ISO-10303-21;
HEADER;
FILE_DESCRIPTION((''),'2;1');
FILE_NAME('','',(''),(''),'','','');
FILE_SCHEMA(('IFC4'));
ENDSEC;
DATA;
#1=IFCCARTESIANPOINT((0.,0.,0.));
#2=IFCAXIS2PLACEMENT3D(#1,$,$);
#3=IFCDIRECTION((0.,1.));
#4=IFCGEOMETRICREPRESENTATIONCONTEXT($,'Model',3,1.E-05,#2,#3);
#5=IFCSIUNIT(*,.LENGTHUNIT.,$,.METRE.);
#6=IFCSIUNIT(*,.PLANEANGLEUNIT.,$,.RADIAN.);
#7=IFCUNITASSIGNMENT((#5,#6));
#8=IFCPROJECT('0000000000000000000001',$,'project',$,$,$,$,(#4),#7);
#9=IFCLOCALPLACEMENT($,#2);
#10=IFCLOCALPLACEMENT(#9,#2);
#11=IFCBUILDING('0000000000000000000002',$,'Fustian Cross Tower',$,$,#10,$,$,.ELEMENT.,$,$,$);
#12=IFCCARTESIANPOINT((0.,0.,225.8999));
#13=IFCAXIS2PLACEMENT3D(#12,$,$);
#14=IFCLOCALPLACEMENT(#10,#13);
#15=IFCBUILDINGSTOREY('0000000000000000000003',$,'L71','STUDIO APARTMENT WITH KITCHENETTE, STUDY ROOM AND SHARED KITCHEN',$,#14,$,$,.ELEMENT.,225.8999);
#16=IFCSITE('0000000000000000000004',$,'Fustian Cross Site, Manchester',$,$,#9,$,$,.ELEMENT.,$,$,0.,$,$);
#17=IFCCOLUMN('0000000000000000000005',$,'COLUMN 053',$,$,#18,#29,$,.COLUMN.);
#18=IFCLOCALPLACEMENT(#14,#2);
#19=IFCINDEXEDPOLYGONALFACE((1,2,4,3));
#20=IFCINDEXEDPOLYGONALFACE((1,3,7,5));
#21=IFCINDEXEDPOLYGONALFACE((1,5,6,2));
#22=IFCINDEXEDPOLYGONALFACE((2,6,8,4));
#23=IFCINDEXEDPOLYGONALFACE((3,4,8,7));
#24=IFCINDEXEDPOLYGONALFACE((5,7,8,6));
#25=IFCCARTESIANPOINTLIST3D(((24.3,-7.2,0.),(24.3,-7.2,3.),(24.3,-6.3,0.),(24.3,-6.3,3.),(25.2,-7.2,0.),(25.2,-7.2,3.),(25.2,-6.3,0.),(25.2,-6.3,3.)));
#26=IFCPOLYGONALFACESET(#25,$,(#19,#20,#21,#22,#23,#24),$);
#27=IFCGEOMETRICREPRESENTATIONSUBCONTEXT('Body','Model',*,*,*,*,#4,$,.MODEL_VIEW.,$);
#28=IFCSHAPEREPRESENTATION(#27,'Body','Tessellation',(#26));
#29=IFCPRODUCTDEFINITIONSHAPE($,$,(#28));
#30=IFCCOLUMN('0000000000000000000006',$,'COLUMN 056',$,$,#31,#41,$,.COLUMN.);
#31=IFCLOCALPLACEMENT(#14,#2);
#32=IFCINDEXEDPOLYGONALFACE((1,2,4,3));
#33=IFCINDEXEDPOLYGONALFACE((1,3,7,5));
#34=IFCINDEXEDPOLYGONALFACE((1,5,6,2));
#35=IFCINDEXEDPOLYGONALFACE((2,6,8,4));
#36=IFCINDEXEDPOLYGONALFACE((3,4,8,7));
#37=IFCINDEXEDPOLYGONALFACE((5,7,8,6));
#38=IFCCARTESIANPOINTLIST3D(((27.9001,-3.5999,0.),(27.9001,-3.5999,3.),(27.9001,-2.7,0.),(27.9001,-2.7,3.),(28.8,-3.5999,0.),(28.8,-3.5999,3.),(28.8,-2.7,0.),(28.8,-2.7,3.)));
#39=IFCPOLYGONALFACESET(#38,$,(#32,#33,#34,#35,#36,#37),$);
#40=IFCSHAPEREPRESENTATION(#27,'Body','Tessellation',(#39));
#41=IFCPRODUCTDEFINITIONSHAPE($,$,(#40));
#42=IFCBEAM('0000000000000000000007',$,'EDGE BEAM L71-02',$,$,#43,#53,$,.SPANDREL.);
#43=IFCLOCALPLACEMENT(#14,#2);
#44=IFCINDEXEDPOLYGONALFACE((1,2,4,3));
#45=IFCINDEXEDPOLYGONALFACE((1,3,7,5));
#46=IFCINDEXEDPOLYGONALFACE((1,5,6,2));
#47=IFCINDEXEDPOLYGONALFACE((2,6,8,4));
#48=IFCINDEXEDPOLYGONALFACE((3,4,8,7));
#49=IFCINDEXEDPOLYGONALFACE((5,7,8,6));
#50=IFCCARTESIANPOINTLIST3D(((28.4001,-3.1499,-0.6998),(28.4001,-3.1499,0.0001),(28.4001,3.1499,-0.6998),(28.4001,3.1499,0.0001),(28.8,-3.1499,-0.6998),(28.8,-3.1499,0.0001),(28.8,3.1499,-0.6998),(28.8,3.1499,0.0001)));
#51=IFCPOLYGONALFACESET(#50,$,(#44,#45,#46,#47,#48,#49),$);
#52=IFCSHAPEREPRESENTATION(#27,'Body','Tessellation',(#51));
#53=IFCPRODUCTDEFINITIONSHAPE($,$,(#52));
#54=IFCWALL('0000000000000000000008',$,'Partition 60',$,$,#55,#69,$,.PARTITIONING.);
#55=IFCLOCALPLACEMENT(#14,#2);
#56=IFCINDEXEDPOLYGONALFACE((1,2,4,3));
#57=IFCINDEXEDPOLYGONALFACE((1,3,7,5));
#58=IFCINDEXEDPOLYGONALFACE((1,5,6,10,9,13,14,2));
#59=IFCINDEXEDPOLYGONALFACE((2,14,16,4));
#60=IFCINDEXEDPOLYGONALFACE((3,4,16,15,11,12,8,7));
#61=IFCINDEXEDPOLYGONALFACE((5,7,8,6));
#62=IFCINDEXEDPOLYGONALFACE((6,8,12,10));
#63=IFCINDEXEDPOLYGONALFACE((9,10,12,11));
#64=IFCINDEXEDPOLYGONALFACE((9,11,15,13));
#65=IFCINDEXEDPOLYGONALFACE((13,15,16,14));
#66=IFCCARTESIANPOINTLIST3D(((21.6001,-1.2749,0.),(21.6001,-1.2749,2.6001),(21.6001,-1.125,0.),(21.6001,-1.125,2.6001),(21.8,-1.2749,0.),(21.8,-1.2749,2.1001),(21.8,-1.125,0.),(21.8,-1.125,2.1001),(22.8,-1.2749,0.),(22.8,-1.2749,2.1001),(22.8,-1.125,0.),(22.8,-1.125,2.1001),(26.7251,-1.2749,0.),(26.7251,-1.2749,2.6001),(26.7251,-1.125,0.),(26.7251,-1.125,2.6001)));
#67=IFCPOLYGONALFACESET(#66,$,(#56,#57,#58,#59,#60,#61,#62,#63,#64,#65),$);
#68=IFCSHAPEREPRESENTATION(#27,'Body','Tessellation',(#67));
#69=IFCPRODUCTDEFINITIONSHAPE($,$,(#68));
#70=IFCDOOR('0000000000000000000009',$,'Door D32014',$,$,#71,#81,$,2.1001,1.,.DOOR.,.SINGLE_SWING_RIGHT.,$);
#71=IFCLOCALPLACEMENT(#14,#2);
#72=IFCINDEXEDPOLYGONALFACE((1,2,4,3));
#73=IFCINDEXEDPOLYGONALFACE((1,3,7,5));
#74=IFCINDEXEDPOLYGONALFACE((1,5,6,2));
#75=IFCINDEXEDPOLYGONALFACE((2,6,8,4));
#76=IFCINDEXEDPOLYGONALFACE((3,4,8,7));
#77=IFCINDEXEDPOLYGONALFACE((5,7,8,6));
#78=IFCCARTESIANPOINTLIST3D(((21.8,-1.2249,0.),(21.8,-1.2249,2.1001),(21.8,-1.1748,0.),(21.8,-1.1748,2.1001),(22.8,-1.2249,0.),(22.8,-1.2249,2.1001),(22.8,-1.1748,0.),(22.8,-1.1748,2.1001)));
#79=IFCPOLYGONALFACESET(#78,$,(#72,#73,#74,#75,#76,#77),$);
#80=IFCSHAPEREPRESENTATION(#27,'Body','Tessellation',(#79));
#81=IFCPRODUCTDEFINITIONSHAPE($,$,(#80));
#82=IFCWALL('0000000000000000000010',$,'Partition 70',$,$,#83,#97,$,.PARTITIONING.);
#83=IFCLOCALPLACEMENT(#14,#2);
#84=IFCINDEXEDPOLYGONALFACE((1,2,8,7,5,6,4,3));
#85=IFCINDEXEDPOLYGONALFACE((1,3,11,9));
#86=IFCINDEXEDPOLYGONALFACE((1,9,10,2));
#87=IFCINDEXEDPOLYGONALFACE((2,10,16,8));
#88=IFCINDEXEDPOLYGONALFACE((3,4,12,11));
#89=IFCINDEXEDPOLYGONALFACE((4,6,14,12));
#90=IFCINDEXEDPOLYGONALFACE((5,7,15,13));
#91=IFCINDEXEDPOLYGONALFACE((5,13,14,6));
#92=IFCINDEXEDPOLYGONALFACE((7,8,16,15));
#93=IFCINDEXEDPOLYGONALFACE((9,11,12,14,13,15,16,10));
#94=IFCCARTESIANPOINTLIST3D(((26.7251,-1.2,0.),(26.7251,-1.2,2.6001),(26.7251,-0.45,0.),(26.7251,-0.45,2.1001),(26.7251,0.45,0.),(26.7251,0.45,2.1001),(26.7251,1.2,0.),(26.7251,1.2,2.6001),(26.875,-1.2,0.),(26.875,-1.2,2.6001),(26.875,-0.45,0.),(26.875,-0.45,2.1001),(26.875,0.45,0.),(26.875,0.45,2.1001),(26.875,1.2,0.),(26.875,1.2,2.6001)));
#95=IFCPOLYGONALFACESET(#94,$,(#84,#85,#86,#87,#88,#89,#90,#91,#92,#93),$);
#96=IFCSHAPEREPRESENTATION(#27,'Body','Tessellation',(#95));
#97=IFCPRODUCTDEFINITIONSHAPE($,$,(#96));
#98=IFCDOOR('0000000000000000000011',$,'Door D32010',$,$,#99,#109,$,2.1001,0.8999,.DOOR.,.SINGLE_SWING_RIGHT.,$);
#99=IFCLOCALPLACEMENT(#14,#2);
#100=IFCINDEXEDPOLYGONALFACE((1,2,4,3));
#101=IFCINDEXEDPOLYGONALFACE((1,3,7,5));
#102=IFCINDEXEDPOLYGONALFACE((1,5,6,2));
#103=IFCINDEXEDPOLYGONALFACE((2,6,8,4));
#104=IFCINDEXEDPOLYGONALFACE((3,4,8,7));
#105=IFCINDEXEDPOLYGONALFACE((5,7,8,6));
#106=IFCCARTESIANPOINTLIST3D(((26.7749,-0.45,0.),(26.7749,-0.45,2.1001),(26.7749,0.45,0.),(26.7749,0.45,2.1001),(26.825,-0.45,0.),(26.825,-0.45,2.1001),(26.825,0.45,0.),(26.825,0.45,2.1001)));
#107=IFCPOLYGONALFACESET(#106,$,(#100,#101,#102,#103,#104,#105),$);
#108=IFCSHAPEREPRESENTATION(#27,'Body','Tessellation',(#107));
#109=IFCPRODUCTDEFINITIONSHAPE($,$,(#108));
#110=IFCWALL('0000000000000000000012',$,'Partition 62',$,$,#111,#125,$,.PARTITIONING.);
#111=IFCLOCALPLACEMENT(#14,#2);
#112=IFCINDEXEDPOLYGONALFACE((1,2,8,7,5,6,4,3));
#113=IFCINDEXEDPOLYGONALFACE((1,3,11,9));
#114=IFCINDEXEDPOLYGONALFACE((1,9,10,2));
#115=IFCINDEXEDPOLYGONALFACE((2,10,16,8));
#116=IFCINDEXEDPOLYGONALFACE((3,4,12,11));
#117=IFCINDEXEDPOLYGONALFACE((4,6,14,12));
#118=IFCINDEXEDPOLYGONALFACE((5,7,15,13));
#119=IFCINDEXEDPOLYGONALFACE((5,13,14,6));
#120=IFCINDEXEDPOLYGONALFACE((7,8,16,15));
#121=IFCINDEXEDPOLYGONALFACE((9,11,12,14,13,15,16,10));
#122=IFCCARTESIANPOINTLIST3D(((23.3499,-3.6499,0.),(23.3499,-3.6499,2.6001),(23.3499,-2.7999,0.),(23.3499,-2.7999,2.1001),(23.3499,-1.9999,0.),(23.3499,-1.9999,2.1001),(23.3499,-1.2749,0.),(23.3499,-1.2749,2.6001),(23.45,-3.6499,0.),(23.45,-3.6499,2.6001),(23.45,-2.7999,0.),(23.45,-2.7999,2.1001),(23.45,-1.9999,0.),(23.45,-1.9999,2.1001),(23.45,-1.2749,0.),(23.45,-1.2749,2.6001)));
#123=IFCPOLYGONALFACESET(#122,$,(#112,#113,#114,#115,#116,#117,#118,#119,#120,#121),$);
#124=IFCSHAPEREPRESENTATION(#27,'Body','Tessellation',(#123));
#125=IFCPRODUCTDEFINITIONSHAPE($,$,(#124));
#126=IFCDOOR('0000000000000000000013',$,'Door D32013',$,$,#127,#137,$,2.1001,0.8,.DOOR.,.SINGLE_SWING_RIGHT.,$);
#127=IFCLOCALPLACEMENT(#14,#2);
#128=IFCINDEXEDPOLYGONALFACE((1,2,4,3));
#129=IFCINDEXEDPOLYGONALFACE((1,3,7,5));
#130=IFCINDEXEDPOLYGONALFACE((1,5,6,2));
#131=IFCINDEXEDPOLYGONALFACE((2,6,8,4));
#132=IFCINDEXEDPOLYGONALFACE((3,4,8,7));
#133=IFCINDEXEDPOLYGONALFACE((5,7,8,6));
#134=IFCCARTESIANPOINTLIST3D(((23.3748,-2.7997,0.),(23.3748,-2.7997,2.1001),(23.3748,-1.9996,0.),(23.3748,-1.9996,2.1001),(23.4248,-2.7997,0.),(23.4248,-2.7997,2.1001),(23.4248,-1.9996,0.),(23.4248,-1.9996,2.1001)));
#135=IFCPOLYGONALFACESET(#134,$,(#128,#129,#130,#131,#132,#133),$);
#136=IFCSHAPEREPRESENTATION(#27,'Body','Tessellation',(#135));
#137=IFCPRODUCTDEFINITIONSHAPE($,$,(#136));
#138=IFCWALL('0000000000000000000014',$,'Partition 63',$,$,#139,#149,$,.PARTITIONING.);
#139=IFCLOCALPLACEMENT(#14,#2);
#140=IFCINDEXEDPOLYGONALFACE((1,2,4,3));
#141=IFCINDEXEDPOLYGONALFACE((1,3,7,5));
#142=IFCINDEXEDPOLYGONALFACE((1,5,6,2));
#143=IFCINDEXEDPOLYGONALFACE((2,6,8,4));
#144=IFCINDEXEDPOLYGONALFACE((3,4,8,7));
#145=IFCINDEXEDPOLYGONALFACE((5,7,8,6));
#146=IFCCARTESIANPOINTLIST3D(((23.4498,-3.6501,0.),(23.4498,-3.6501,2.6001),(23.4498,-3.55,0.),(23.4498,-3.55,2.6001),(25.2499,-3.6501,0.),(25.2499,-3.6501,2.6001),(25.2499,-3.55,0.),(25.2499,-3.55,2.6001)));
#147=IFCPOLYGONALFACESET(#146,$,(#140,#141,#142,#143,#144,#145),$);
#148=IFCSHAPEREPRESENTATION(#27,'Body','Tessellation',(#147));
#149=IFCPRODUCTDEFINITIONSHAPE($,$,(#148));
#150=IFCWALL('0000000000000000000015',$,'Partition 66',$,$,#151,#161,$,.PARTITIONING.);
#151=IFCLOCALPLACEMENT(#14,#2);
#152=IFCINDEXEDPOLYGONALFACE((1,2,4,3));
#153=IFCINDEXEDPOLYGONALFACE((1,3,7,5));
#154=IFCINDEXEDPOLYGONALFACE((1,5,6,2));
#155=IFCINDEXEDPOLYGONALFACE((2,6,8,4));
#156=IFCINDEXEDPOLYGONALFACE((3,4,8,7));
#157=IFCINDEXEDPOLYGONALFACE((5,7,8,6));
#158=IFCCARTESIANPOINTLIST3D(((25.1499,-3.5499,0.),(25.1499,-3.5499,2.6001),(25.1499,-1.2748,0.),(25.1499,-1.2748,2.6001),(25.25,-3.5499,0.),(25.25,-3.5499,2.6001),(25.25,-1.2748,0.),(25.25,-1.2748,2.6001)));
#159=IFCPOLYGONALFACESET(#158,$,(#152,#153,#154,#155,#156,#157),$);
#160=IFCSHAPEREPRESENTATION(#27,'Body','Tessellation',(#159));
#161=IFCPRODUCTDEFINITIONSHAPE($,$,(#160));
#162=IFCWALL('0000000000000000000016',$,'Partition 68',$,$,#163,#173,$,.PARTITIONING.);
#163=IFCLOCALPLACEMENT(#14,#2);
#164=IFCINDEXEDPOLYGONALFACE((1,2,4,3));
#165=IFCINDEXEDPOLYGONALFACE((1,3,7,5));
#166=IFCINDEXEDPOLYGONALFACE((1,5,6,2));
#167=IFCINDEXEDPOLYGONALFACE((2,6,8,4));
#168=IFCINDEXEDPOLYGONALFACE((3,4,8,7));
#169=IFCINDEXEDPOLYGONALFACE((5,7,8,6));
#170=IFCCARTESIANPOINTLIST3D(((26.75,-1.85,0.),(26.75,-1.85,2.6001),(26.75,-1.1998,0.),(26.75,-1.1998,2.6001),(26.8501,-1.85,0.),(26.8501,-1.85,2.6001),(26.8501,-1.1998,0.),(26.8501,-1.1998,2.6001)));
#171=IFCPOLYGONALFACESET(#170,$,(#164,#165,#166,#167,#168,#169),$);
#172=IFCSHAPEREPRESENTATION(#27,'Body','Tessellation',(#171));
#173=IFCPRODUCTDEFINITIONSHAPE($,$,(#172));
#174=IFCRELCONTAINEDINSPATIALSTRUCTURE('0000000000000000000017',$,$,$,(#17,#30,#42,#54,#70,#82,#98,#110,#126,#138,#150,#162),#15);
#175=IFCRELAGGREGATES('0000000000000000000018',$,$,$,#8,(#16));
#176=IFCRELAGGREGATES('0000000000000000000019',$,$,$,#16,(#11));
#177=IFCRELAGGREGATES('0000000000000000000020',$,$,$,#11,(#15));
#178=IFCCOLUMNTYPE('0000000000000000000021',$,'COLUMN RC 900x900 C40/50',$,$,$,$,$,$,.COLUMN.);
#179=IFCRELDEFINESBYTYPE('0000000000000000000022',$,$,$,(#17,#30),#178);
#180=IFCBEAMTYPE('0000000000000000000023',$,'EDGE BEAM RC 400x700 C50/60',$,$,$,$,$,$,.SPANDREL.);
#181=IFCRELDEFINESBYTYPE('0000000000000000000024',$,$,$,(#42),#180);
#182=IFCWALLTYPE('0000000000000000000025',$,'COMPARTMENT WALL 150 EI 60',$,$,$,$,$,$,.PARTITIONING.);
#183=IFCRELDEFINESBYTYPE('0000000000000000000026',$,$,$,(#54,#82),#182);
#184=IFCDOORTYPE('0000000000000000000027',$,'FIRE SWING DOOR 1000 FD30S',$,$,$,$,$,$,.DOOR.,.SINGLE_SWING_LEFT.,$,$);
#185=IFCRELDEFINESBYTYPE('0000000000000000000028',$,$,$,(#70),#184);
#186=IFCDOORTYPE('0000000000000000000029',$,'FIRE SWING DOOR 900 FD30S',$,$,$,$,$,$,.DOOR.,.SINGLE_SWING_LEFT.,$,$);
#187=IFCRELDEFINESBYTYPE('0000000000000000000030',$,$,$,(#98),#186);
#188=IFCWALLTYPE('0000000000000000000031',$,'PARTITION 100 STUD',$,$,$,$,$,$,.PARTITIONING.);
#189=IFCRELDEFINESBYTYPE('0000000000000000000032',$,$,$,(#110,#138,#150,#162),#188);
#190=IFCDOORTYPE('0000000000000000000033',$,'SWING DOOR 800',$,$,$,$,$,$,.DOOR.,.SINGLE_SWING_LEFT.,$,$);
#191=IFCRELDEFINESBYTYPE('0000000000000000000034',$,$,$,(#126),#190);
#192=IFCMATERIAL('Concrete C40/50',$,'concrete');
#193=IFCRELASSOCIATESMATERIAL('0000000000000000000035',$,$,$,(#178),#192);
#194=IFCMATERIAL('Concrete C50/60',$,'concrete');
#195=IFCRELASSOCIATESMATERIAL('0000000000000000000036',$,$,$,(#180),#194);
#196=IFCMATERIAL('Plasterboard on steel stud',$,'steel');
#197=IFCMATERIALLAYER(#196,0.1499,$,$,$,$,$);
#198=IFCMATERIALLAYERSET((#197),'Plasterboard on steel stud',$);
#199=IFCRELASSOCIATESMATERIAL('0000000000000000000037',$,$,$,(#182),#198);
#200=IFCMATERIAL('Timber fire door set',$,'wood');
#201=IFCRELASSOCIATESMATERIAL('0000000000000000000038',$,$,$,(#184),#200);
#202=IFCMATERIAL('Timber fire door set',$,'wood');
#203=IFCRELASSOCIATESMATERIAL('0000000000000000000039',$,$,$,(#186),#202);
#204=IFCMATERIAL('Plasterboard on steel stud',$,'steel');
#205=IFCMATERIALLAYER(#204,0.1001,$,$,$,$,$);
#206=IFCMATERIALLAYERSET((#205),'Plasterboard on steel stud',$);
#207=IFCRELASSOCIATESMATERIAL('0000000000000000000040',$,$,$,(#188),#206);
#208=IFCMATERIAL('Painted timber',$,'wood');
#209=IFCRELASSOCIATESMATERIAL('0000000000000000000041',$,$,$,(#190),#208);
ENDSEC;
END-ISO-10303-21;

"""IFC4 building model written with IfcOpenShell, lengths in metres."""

from ifc_helpers import new_model, si_unit, direction, frame, frame_2d, origin, origin_2d, place, context, subcontext, project, spatial, rectangle, extrude, material, layer, layer_set, material_profile, profile_set, type_object, element, fill, save


model = new_model("IFC4")

# Units and contexts
model_context = context("Model", 3, precision=1e-05, world=origin(), true_north=direction((0.0, 1.0)))
body_context = subcontext(model_context, "Body", "Model", "MODEL_VIEW")
ifc_project = project(units=[si_unit("LENGTHUNIT", "METRE"), si_unit("PLANEANGLEUNIT", "RADIAN")], contexts=[model_context])

# Site, building, storey
site_placement = place(None, origin())
site = spatial("IfcSite", under=ifc_project, at=site_placement, Name="Fustian Cross Site, Manchester", CompositionType="ELEMENT", RefElevation=0.0)
building_placement = place(site_placement, origin())
building = spatial("IfcBuilding", under=site, at=building_placement, Name="Fustian Cross Tower", CompositionType="ELEMENT")
storey_placement = place(building_placement, frame((0.0, 0.0, 225.8999)))
storey = spatial("IfcBuildingStorey", under=building, at=storey_placement, Name="L71", Description="STUDIO APARTMENT WITH KITCHENETTE, STUDY ROOM AND SHARED KITCHEN", CompositionType="ELEMENT", Elevation=225.8999)

# Columns
ifc_material_1 = material(Name="Concrete C40/50", Category="concrete")
ifc_material_profile_1 = material_profile(ifc_material_1, rectangle(XDim=0.8999, YDim=0.8999, at=origin_2d()), Name="RC 900x900")
ifc_profile_set_1 = profile_set([ifc_material_profile_1], Name="Concrete C40/50")
column_type = type_object("IfcColumnType", Name="COLUMN RC 900x900 C40/50", PredefinedType="COLUMN", material=ifc_profile_set_1)
for number, where, z_axis, x_axis, name in (
    (1, (24.75, -6.75, 0.0), (0.0, 0.0, 1.0), (1.0, 0.0, 0.0), "COLUMN 053"),
    (2, (28.3501, -3.1499, 0.0), (0.0, 0.0, 1.0), (1.0, 0.0, 0.0), "COLUMN 056"),
):
    element("IfcColumn", number, at=place(storey_placement, frame(where, z_axis=z_axis, x_axis=x_axis)), inside=storey, type_object=column_type, Name=name, PredefinedType="COLUMN", context=body_context, shape_type="SweptSolid", body=[
        extrude(rectangle(XDim=0.8999, YDim=0.8999, at=origin_2d()), origin(), (0.0, 0.0, 1.0), 3.0),
    ])

# Beam
ifc_material_2 = material(Name="Concrete C50/60", Category="concrete")
ifc_material_profile_2 = material_profile(ifc_material_2, rectangle(XDim=0.3999, YDim=0.7, at=origin_2d()), Name="RC 400x700")
ifc_profile_set_2 = profile_set([ifc_material_profile_2], Name="Concrete C50/60")
beam_type = type_object("IfcBeamType", Name="EDGE BEAM RC 400x700 C50/60", PredefinedType="SPANDREL", material=ifc_profile_set_2)
beam_placement = place(storey_placement, frame((28.6001, -3.1499, -0.3499), z_axis=(0.0, 1.0, 0.0), x_axis=(-1.0, 0.0, 0.0)))
element("IfcBeam", 3, at=beam_placement, inside=storey, type_object=beam_type, Name="EDGE BEAM L71-02", PredefinedType="SPANDREL", context=body_context, shape_type="SweptSolid", body=[
    extrude(rectangle(XDim=0.3999, YDim=0.7, at=origin_2d()), origin(), (0.0, 0.0, 1.0), 6.2998),
])

# Walls, openings, doors
ifc_material_3 = material(Name="Plasterboard on steel stud", Category="steel")
ifc_layer_1 = layer(ifc_material_3, 0.1499)
ifc_layer_set_1 = layer_set([ifc_layer_1], Name="Plasterboard on steel stud")
wall_type_1 = type_object("IfcWallType", Name="COMPARTMENT WALL 150 EI 60", PredefinedType="PARTITIONING", material=ifc_layer_set_1)
wall_1_placement = place(storey_placement, frame((21.6001, -1.2, 0.0), z_axis=(0.0, 0.0, 1.0), x_axis=(1.0, 0.0, 0.0)))
wall_1 = element("IfcWall", 4, at=wall_1_placement, inside=storey, type_object=wall_type_1, Name="Partition 60", PredefinedType="PARTITIONING", context=body_context, shape_type="SweptSolid", body=[
    extrude(rectangle(XDim=5.125, YDim=0.1499, at=frame_2d((2.5625, 0.0))), origin(), (0.0, 0.0, 1.0), 2.6001),
])
opening_1_placement = place(wall_1_placement, frame((0.2, 0.0, 0.0)))
opening_1 = element("IfcOpeningElement", 5, at=opening_1_placement, cuts=wall_1, PredefinedType="OPENING", context=body_context, shape_type="SweptSolid", body=[
    extrude(rectangle(XDim=1.0, YDim=2.1001, at=frame_2d((0.5, 1.05))), frame((0.0, 0.085, 0.0), z_axis=(0.0, -1.0, 0.0), x_axis=(1.0, 0.0, 0.0)), (0.0, 0.0, 1.0), 0.1699),
])
ifc_material_4 = material(Name="Timber fire door set", Category="wood")
door_type_1 = type_object("IfcDoorType", Name="FIRE SWING DOOR 1000 FD30S", OperationType="SINGLE_SWING_LEFT", PredefinedType="DOOR", material=ifc_material_4)
door_1_placement = place(opening_1_placement, frame((1.0, 0.0, 0.0), z_axis=(0.0, 0.0, 1.0), x_axis=(-1.0, 0.0, 0.0)))
door_1 = element("IfcDoor", 6, at=door_1_placement, inside=storey, type_object=door_type_1, Name="Door D32014", OperationType="SINGLE_SWING_RIGHT", OverallHeight=2.1001, OverallWidth=1.0, PredefinedType="DOOR", context=body_context, shape_type="SweptSolid", body=[
    extrude(rectangle(XDim=1.0, YDim=2.1001, at=frame_2d((0.5, 1.05))), frame((0.0, 0.0249, 0.0), z_axis=(0.0, -1.0, 0.0), x_axis=(1.0, 0.0, 0.0)), (0.0, 0.0, 1.0), 0.05),
])
fill(opening_1, door_1)
wall_2_placement = place(storey_placement, frame((26.8, -1.2, 0.0), z_axis=(0.0, 0.0, 1.0), x_axis=(0.0, 1.0, 0.0)))
wall_2 = element("IfcWall", 7, at=wall_2_placement, inside=storey, type_object=wall_type_1, Name="Partition 70", PredefinedType="PARTITIONING", context=body_context, shape_type="SweptSolid", body=[
    extrude(rectangle(XDim=2.3999, YDim=0.1499, at=frame_2d((1.2, 0.0))), origin(), (0.0, 0.0, 1.0), 2.6001),
])
opening_2_placement = place(wall_2_placement, frame((0.75, 0.0, 0.0)))
opening_2 = element("IfcOpeningElement", 8, at=opening_2_placement, cuts=wall_2, PredefinedType="OPENING", context=body_context, shape_type="SweptSolid", body=[
    extrude(rectangle(XDim=0.8999, YDim=2.1001, at=frame_2d((0.45, 1.05))), frame((0.0, 0.085, 0.0), z_axis=(0.0, -1.0, 0.0), x_axis=(1.0, 0.0, 0.0)), (0.0, 0.0, 1.0), 0.1699),
])
ifc_material_5 = material(Name="Timber fire door set", Category="wood")
door_type_2 = type_object("IfcDoorType", Name="FIRE SWING DOOR 900 FD30S", OperationType="SINGLE_SWING_LEFT", PredefinedType="DOOR", material=ifc_material_5)
door_2_placement = place(opening_2_placement, frame((0.8999, 0.0, 0.0), z_axis=(0.0, 0.0, 1.0), x_axis=(-1.0, 0.0, 0.0)))
door_2 = element("IfcDoor", 9, at=door_2_placement, inside=storey, type_object=door_type_2, Name="Door D32010", OperationType="SINGLE_SWING_RIGHT", OverallHeight=2.1001, OverallWidth=0.8999, PredefinedType="DOOR", context=body_context, shape_type="SweptSolid", body=[
    extrude(rectangle(XDim=0.8999, YDim=2.1001, at=frame_2d((0.45, 1.05))), frame((0.0, 0.0249, 0.0), z_axis=(0.0, -1.0, 0.0), x_axis=(1.0, 0.0, 0.0)), (0.0, 0.0, 1.0), 0.05),
])
fill(opening_2, door_2)
ifc_material_6 = material(Name="Plasterboard on steel stud", Category="steel")
ifc_layer_2 = layer(ifc_material_6, 0.1001)
ifc_layer_set_2 = layer_set([ifc_layer_2], Name="Plasterboard on steel stud")
wall_type_2 = type_object("IfcWallType", Name="PARTITION 100 STUD", PredefinedType="PARTITIONING", material=ifc_layer_set_2)
wall_3_placement = place(storey_placement, frame((23.3999, -3.6499, 0.0), z_axis=(0.0, 0.0, 1.0), x_axis=(0.0, 1.0, 0.0)))
wall_3 = element("IfcWall", 10, at=wall_3_placement, inside=storey, type_object=wall_type_2, Name="Partition 62", PredefinedType="PARTITIONING", context=body_context, shape_type="SweptSolid", body=[
    extrude(rectangle(XDim=2.375, YDim=0.1001, at=frame_2d((1.1875, 0.0))), origin(), (0.0, 0.0, 1.0), 2.6001),
])
opening_3_placement = place(wall_3_placement, frame((0.8501, 0.0, 0.0)))
opening_3 = element("IfcOpeningElement", 11, at=opening_3_placement, cuts=wall_3, PredefinedType="OPENING", context=body_context, shape_type="SweptSolid", body=[
    extrude(rectangle(XDim=0.8, YDim=2.1001, at=frame_2d((0.3999, 1.05))), frame((0.0, 0.0601, 0.0), z_axis=(0.0, -1.0, 0.0), x_axis=(1.0, 0.0, 0.0)), (0.0, 0.0, 1.0), 0.1201),
])
ifc_material_7 = material(Name="Painted timber", Category="wood")
door_type_3 = type_object("IfcDoorType", Name="SWING DOOR 800", OperationType="SINGLE_SWING_LEFT", PredefinedType="DOOR", material=ifc_material_7)
door_3_placement = place(opening_3_placement, frame((0.8, 0.0, 0.0), z_axis=(0.0, 0.0, 1.0), x_axis=(-1.0, 0.0, 0.0)))
door_3 = element("IfcDoor", 12, at=door_3_placement, inside=storey, type_object=door_type_3, Name="Door D32013", OperationType="SINGLE_SWING_RIGHT", OverallHeight=2.1001, OverallWidth=0.8, PredefinedType="DOOR", context=body_context, shape_type="SweptSolid", body=[
    extrude(rectangle(XDim=0.8, YDim=2.1001, at=frame_2d((0.3999, 1.05))), frame((0.0, 0.0249, 0.0), z_axis=(0.0, -1.0, 0.0), x_axis=(1.0, 0.0, 0.0)), (0.0, 0.0, 1.0), 0.05),
])
fill(opening_3, door_3)

# Walls
wall_4_placement = place(storey_placement, frame((23.45, -3.6001, 0.0), z_axis=(0.0, 0.0, 1.0), x_axis=(1.0, 0.0, 0.0)))
element("IfcWall", 13, at=wall_4_placement, inside=storey, type_object=wall_type_2, Name="Partition 63", PredefinedType="PARTITIONING", context=body_context, shape_type="SweptSolid", body=[
    extrude(rectangle(XDim=1.8, YDim=0.1001, at=frame_2d((0.8999, 0.0))), origin(), (0.0, 0.0, 1.0), 2.6001),
])
wall_5_placement = place(storey_placement, frame((25.2, -3.55, 0.0), z_axis=(0.0, 0.0, 1.0), x_axis=(0.0, 1.0, 0.0)))
element("IfcWall", 14, at=wall_5_placement, inside=storey, type_object=wall_type_2, Name="Partition 66", PredefinedType="PARTITIONING", context=body_context, shape_type="SweptSolid", body=[
    extrude(rectangle(XDim=2.2751, YDim=0.1001, at=frame_2d((1.1377, 0.0))), origin(), (0.0, 0.0, 1.0), 2.6001),
])
wall_6_placement = place(storey_placement, frame((26.8, -1.8501, 0.0), z_axis=(0.0, 0.0, 1.0), x_axis=(0.0, 1.0, 0.0)))
element("IfcWall", 15, at=wall_6_placement, inside=storey, type_object=wall_type_2, Name="Partition 68", PredefinedType="PARTITIONING", context=body_context, shape_type="SweptSolid", body=[
    extrude(rectangle(XDim=0.6501, YDim=0.1001, at=frame_2d((0.3252, 0.0))), origin(), (0.0, 0.0, 1.0), 2.6001),
])

save(model, "model.ifc")
